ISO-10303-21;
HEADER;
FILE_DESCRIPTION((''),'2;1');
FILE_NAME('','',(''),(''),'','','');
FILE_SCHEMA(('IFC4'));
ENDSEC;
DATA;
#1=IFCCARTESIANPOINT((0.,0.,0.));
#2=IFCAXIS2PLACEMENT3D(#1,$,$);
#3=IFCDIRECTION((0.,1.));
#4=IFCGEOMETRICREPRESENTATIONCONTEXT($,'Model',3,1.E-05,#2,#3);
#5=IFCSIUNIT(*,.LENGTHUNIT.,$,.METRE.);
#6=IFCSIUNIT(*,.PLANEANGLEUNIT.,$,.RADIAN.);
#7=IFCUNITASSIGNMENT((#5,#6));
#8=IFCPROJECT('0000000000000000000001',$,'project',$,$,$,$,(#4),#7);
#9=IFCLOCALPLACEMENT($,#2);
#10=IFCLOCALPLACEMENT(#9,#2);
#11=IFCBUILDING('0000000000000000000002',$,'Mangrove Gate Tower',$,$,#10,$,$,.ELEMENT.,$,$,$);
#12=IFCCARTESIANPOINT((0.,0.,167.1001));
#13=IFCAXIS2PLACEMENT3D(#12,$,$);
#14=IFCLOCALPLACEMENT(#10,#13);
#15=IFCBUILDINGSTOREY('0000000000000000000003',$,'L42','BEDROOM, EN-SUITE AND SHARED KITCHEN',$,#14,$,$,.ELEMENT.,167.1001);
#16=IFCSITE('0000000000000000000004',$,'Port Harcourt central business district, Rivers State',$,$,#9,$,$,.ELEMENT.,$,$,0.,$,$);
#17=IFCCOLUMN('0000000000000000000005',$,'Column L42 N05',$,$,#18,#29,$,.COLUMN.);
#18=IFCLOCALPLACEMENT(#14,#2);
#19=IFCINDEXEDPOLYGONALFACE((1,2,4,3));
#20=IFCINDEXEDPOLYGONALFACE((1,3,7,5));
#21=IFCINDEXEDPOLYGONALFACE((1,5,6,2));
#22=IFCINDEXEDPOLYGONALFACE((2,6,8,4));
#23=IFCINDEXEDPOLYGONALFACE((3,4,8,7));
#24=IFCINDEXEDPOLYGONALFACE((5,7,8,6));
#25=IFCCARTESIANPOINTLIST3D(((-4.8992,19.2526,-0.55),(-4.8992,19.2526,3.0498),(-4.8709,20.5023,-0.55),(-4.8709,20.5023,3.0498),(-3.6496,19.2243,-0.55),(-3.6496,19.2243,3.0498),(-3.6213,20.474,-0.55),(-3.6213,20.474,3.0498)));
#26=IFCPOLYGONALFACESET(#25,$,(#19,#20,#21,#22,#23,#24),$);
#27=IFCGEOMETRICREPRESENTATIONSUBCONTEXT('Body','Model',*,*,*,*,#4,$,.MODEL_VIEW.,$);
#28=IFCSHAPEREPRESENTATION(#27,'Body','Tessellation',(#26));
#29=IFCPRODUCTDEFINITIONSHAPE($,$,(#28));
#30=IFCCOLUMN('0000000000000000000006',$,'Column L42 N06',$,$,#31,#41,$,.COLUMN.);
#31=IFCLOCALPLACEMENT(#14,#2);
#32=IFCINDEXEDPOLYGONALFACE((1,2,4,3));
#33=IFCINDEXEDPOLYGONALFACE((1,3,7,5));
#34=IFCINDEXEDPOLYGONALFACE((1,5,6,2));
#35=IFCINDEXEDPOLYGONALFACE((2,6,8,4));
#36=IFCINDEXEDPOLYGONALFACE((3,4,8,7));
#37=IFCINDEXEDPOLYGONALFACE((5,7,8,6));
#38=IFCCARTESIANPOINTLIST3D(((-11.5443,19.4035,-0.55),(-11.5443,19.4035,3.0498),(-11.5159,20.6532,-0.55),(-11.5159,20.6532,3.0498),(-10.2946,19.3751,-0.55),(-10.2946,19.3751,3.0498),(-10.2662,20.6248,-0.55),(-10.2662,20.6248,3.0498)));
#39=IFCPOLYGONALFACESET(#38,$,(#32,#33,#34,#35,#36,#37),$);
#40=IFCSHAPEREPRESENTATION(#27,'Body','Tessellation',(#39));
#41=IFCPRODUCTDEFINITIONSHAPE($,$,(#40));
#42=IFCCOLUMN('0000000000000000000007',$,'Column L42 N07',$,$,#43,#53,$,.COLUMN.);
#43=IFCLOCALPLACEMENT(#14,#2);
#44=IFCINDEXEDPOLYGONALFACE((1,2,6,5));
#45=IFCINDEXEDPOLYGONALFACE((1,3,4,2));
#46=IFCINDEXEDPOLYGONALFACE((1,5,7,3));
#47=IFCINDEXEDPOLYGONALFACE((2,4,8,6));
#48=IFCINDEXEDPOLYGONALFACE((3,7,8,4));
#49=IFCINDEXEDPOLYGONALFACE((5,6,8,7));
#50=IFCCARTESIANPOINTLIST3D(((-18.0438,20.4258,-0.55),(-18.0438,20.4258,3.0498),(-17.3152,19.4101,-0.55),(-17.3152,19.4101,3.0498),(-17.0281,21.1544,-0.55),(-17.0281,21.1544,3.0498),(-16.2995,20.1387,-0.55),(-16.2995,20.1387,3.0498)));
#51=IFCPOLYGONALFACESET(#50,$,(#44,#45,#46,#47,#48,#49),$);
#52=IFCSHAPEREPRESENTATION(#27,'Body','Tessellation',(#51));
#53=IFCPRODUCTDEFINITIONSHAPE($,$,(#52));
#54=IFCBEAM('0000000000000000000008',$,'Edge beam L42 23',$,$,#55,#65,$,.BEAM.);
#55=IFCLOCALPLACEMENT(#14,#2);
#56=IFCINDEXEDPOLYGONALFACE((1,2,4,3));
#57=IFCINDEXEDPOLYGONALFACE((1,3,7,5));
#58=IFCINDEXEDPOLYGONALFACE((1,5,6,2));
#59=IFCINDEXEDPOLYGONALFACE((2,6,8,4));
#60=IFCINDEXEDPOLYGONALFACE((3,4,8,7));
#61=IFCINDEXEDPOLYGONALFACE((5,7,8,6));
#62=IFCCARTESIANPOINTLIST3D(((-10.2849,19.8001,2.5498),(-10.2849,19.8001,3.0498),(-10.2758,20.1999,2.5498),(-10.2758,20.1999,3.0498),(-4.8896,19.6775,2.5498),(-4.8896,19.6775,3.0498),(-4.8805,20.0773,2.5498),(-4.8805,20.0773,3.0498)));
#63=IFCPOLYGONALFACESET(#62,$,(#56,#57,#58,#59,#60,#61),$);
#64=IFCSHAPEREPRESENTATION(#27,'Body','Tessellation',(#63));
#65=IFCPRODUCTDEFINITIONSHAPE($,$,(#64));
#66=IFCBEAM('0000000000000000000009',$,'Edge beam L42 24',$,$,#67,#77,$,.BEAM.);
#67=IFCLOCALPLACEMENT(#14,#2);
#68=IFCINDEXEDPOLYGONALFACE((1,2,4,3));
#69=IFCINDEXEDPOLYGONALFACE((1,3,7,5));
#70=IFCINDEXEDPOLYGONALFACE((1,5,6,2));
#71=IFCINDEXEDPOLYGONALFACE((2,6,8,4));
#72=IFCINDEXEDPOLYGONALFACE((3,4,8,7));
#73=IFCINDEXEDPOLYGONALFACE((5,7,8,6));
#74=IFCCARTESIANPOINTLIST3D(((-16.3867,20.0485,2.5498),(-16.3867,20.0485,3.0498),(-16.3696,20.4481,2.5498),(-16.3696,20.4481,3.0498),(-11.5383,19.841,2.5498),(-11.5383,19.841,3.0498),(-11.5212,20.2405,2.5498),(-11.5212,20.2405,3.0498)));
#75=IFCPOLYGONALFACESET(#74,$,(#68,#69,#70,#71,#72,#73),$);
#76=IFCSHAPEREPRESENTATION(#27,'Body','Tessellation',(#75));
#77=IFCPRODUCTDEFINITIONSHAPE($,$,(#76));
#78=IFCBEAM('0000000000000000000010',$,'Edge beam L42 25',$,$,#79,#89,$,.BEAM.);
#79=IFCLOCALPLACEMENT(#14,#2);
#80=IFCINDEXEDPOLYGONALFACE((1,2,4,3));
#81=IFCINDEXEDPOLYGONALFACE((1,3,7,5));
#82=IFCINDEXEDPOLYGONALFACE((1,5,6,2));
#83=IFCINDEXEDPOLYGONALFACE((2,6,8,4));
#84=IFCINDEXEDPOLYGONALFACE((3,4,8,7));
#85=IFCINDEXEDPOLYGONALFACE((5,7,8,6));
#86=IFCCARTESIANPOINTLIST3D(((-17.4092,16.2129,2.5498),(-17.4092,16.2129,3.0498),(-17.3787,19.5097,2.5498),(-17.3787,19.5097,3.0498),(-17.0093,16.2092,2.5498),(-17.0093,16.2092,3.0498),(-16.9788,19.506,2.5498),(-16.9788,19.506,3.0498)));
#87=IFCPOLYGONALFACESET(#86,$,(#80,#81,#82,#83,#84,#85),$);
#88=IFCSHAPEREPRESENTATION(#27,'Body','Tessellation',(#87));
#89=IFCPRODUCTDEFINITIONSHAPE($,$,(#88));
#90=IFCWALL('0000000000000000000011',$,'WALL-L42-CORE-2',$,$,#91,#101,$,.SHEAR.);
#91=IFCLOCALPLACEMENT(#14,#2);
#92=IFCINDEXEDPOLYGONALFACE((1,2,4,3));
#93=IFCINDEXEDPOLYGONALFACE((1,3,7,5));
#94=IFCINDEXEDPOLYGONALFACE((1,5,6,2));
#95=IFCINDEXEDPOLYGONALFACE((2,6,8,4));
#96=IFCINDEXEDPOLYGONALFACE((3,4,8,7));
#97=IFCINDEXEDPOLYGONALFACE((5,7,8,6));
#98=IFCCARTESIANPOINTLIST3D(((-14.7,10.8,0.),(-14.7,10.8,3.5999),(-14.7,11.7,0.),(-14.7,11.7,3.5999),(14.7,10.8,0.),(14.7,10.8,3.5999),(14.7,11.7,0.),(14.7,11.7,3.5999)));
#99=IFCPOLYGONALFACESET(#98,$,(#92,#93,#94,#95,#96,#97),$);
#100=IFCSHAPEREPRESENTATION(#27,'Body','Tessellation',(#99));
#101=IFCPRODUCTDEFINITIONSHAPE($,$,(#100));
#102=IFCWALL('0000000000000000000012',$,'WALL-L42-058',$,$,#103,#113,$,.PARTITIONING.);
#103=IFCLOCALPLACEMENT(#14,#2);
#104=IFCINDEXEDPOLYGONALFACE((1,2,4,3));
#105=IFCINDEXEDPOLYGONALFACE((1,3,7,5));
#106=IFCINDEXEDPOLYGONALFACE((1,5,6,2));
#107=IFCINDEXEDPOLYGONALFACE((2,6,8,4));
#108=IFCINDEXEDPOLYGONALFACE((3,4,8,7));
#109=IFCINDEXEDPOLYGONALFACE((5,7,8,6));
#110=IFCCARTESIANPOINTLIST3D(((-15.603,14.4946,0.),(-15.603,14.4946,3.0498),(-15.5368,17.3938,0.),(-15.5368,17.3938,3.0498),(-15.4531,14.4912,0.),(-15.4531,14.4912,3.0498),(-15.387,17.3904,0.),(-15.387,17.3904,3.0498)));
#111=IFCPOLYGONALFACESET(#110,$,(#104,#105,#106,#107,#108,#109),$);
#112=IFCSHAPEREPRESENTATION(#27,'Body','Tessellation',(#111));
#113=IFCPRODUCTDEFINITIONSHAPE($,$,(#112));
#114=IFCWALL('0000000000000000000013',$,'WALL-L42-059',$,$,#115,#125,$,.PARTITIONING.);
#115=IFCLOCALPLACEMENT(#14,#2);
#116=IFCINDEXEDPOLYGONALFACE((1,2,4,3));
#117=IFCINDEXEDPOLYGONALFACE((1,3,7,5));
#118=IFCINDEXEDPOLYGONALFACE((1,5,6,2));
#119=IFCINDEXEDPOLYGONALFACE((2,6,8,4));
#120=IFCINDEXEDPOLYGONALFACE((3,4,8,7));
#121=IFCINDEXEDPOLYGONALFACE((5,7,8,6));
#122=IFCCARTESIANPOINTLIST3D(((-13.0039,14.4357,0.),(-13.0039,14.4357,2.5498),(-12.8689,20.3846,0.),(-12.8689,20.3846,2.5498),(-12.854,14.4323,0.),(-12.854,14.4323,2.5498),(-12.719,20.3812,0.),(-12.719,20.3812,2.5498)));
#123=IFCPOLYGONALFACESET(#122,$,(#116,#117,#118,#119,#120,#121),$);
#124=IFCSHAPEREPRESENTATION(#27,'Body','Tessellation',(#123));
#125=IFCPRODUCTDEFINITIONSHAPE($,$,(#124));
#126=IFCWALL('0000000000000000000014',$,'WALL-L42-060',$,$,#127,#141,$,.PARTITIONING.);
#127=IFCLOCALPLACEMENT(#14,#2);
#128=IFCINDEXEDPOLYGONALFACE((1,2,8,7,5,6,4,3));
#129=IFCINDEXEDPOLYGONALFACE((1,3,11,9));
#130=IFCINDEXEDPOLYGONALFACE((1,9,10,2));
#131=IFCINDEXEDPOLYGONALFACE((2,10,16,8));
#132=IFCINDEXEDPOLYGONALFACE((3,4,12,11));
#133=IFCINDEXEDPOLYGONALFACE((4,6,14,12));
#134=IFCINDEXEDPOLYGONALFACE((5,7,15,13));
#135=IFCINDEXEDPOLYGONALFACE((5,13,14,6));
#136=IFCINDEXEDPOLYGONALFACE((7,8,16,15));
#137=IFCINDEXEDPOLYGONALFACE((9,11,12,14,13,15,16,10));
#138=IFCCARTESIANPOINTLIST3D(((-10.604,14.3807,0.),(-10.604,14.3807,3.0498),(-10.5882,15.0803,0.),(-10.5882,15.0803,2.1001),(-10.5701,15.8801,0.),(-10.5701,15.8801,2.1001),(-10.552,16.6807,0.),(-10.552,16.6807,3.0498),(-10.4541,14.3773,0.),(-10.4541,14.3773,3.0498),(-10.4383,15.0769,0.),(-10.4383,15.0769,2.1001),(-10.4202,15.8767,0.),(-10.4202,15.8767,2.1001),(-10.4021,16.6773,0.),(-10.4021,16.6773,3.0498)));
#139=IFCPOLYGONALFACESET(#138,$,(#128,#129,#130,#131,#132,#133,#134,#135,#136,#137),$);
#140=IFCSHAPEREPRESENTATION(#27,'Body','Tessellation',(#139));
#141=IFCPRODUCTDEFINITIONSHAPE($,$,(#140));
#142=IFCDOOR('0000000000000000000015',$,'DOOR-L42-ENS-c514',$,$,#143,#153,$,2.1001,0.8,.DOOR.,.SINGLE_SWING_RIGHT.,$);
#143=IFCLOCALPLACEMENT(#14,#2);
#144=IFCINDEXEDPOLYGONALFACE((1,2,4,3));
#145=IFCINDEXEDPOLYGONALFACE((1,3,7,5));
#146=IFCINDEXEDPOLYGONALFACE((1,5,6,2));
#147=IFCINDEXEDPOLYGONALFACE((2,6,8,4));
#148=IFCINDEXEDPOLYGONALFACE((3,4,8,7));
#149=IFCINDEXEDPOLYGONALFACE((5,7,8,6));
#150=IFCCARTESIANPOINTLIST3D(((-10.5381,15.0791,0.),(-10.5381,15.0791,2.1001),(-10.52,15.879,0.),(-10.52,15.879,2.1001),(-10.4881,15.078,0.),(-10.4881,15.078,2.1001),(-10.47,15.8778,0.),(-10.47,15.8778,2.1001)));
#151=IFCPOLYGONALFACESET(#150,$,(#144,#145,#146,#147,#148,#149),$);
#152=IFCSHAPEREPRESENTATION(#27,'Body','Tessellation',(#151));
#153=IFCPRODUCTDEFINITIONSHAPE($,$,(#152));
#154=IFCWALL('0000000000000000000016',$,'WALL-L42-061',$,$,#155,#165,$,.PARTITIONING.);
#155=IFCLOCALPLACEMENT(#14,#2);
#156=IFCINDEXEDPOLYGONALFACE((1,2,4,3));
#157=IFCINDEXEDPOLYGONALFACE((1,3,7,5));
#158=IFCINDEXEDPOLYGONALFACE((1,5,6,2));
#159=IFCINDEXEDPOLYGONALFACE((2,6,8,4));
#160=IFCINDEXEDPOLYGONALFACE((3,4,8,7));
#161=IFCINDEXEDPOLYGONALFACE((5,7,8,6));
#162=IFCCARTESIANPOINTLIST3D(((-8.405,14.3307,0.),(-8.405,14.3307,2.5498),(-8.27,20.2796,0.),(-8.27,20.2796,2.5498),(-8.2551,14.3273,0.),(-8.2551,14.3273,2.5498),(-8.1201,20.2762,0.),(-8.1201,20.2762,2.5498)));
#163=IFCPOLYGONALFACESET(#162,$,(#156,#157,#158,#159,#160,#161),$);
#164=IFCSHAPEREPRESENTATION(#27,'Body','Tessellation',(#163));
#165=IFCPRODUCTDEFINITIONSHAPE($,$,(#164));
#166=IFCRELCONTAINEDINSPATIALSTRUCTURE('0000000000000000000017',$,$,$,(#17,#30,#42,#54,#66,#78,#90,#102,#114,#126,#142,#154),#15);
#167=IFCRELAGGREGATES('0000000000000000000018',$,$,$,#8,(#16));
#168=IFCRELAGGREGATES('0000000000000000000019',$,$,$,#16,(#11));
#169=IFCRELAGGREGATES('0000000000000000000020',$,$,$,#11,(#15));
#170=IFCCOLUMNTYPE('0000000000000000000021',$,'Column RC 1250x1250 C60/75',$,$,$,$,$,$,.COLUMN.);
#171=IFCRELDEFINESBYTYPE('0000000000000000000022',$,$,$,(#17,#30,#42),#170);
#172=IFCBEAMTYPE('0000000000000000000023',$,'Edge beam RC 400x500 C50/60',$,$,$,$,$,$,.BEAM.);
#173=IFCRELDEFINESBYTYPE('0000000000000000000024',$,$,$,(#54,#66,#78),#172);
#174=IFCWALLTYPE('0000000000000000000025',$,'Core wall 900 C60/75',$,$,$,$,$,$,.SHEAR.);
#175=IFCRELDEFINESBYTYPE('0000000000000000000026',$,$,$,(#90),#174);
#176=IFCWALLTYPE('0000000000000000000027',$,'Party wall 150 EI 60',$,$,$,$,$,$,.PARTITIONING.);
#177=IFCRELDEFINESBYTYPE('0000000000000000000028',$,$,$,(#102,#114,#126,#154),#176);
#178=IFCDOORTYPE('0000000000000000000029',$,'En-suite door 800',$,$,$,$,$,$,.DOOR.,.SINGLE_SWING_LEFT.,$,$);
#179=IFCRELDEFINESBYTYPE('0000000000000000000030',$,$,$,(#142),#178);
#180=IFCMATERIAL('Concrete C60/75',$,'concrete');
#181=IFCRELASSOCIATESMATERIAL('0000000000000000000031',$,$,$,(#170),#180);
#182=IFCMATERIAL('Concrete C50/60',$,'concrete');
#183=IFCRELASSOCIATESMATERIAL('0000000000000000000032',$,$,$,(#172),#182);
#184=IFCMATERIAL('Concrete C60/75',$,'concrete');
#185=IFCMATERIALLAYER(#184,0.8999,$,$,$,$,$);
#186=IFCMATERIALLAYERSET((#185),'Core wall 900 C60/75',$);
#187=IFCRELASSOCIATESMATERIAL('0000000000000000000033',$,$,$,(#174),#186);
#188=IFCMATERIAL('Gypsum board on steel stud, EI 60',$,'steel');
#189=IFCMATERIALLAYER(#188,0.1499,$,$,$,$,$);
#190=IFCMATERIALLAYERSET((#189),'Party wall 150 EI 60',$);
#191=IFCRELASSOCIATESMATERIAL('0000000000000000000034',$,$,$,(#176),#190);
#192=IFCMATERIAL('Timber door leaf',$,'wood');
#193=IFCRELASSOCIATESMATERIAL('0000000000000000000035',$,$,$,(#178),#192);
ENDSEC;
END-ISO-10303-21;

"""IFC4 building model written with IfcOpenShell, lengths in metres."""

from ifc_helpers import new_model, si_unit, direction, frame, frame_2d, origin, origin_2d, place, context, subcontext, project, spatial, rectangle, extrude, material, layer, layer_set, material_profile, profile_set, type_object, element, fill, save


model = new_model("IFC4")

# Units and contexts
model_context = context("Model", 3, precision=1e-05, world=origin(), true_north=direction((0.0, 1.0)))
body_context = subcontext(model_context, "Body", "Model", "MODEL_VIEW")
ifc_project = project(units=[si_unit("LENGTHUNIT", "METRE"), si_unit("PLANEANGLEUNIT", "RADIAN")], contexts=[model_context])

# Site, building, storey
site_placement = place(None, origin())
site = spatial("IfcSite", under=ifc_project, at=site_placement, Name="Port Harcourt central business district, Rivers State", CompositionType="ELEMENT", RefElevation=0.0)
building_placement = place(site_placement, origin())
building = spatial("IfcBuilding", under=site, at=building_placement, Name="Mangrove Gate Tower", CompositionType="ELEMENT")
storey_placement = place(building_placement, frame((0.0, 0.0, 167.1001)))
storey = spatial("IfcBuildingStorey", under=building, at=storey_placement, Name="L42", Description="BEDROOM, EN-SUITE AND SHARED KITCHEN", CompositionType="ELEMENT", Elevation=167.1001)

# Columns
ifc_material_1 = material(Name="Concrete C60/75", Category="concrete")
ifc_material_profile_1 = material_profile(ifc_material_1, rectangle(XDim=1.25, YDim=1.25, at=origin_2d()))
ifc_profile_set_1 = profile_set([ifc_material_profile_1], Name="Concrete C60/75")
column_type = type_object("IfcColumnType", Name="Column RC 1250x1250 C60/75", PredefinedType="COLUMN", material=ifc_profile_set_1)
for number, where, z_axis, x_axis, name in (
    (1, (-4.2603, 19.8633, -0.55), (0.0, 0.0, 1.0), (-0.999744, 0.022643, 0.0), "Column L42 N05"),
    (2, (-10.9053, 20.0142, -0.55), (0.0, 0.0, 1.0), (-0.999742, 0.022718, 0.0), "Column L42 N06"),
    (3, (-17.1716, 20.2822, -0.55), (0.0, 0.0, 1.0), (-0.812546, -0.582898, 0.0), "Column L42 N07"),
):
    element("IfcColumn", number, at=place(storey_placement, frame(where, z_axis=z_axis, x_axis=x_axis)), inside=storey, type_object=column_type, Name=name, PredefinedType="COLUMN", context=body_context, shape_type="SweptSolid", body=[
        extrude(rectangle(XDim=1.25, YDim=1.25, at=origin_2d()), origin(), (0.0, 0.0, 1.0), 3.5999),
    ])

# Beams
ifc_material_2 = material(Name="Concrete C50/60", Category="concrete")
ifc_material_profile_2 = material_profile(ifc_material_2, rectangle(XDim=0.3999, YDim=0.5, at=origin_2d()))
ifc_profile_set_2 = profile_set([ifc_material_profile_2], Name="Concrete C50/60")
beam_type = type_object("IfcBeamType", Name="Edge beam RC 400x500 C50/60", PredefinedType="BEAM", material=ifc_profile_set_2)
beam_1_placement = place(storey_placement, frame((-4.885, 19.8774, 2.7998), z_axis=(-0.999742, 0.02271, 0.0), x_axis=(-0.02271, -0.999742, 0.0)))
element("IfcBeam", 4, at=beam_1_placement, inside=storey, type_object=beam_type, Name="Edge beam L42 23", PredefinedType="BEAM", context=body_context, shape_type="SweptSolid", body=[
    extrude(rectangle(XDim=0.3999, YDim=0.5, at=origin_2d()), origin(), (0.0, 0.0, 1.0), 5.3967),
])
beam_2_placement = place(storey_placement, frame((-11.5298, 20.0408, 2.7998), z_axis=(-0.999085, 0.042763, 0.0), x_axis=(-0.042763, -0.999085, 0.0)))
element("IfcBeam", 5, at=beam_2_placement, inside=storey, type_object=beam_type, Name="Edge beam L42 24", PredefinedType="BEAM", context=body_context, shape_type="SweptSolid", body=[
    extrude(rectangle(XDim=0.3999, YDim=0.5, at=origin_2d()), origin(), (0.0, 0.0, 1.0), 4.8528),
])
beam_3_placement = place(storey_placement, frame((-17.1787, 19.5078, 2.7998), z_axis=(-0.009257, -0.999957, 0.0), x_axis=(0.999957, -0.009257, 0.0)))
element("IfcBeam", 6, at=beam_3_placement, inside=storey, type_object=beam_type, Name="Edge beam L42 25", PredefinedType="BEAM", context=body_context, shape_type="SweptSolid", body=[
    extrude(rectangle(XDim=0.3999, YDim=0.5, at=origin_2d()), origin(), (0.0, 0.0, 1.0), 3.2969),
])

# Walls
ifc_material_3 = material(Name="Concrete C60/75", Category="concrete")
ifc_layer_1 = layer(ifc_material_3, 0.8999)
ifc_layer_set_1 = layer_set([ifc_layer_1], Name="Core wall 900 C60/75")
wall_type_1 = type_object("IfcWallType", Name="Core wall 900 C60/75", PredefinedType="SHEAR", material=ifc_layer_set_1)
wall_1_placement = place(storey_placement, frame((-14.7, 11.25, 0.0), z_axis=(0.0, 0.0, 1.0), x_axis=(1.0, 0.0, 0.0)))
element("IfcWall", 7, at=wall_1_placement, inside=storey, type_object=wall_type_1, Name="WALL-L42-CORE-2", PredefinedType="SHEAR", context=body_context, shape_type="SweptSolid", body=[
    extrude(rectangle(XDim=29.3999, YDim=0.8999, at=frame_2d((14.7, 0.0))), origin(), (0.0, 0.0, 1.0), 3.5999),
])
ifc_material_4 = material(Name="Gypsum board on steel stud, EI 60", Category="steel")
ifc_layer_2 = layer(ifc_material_4, 0.1499)
ifc_layer_set_2 = layer_set([ifc_layer_2], Name="Party wall 150 EI 60")
wall_type_2 = type_object("IfcWallType", Name="Party wall 150 EI 60", PredefinedType="PARTITIONING", material=ifc_layer_set_2)
wall_2_placement = place(storey_placement, frame((-15.5281, 14.4929, 0.0), z_axis=(0.0, 0.0, 1.0), x_axis=(0.022815, 0.99974, 0.0)))
element("IfcWall", 8, at=wall_2_placement, inside=storey, type_object=wall_type_2, Name="WALL-L42-058", PredefinedType="PARTITIONING", context=body_context, shape_type="SweptSolid", body=[
    extrude(rectangle(XDim=2.8999, YDim=0.1499, at=frame_2d((1.45, 0.0))), origin(), (0.0, 0.0, 1.0), 3.0498),
])
wall_3_placement = place(storey_placement, frame((-12.929, 14.4341, 0.0), z_axis=(0.0, 0.0, 1.0), x_axis=(0.022689, 0.999743, 0.0)))
element("IfcWall", 9, at=wall_3_placement, inside=storey, type_object=wall_type_2, Name="WALL-L42-059", PredefinedType="PARTITIONING", context=body_context, shape_type="SweptSolid", body=[
    extrude(rectangle(XDim=5.9504, YDim=0.1499, at=frame_2d((2.9751, 0.0))), origin(), (0.0, 0.0, 1.0), 2.5498),
])

# Wall, opening, door
wall_4_placement = place(storey_placement, frame((-10.5291, 14.3789, 0.0), z_axis=(0.0, 0.0, 1.0), x_axis=(0.022603, 0.999745, 0.0)))
wall_4 = element("IfcWall", 10, at=wall_4_placement, inside=storey, type_object=wall_type_2, Name="WALL-L42-060", PredefinedType="PARTITIONING", context=body_context, shape_type="SweptSolid", body=[
    extrude(rectangle(XDim=2.3005, YDim=0.1499, at=frame_2d((1.1504, 0.0))), origin(), (0.0, 0.0, 1.0), 3.0498),
])
opening_1_placement = place(wall_4_placement, frame((0.7, 0.0, 0.0)))
opening_1 = element("IfcOpeningElement", 11, at=opening_1_placement, cuts=wall_4, PredefinedType="OPENING", context=body_context, shape_type="SweptSolid", body=[
    extrude(rectangle(XDim=0.8, YDim=2.1001, at=frame_2d((0.3999, 1.05))), frame((0.0, 0.085, 0.0), z_axis=(0.0, -1.0, 0.0), x_axis=(1.0, 0.0, 0.0)), (0.0, 0.0, 1.0), 0.1699),
])
ifc_material_5 = material(Name="Timber door leaf", Category="wood")
door_type = type_object("IfcDoorType", Name="En-suite door 800", OperationType="SINGLE_SWING_LEFT", PredefinedType="DOOR", material=ifc_material_5)
door_1_placement = place(opening_1_placement, origin())
door_1 = element("IfcDoor", 12, at=door_1_placement, inside=storey, type_object=door_type, Name="DOOR-L42-ENS-c514", OperationType="SINGLE_SWING_RIGHT", OverallHeight=2.1001, OverallWidth=0.8, PredefinedType="DOOR", context=body_context, shape_type="SweptSolid", body=[
    extrude(rectangle(XDim=0.8, YDim=2.1001, at=frame_2d((0.3999, 1.05))), frame((0.0, 0.0249, 0.0), z_axis=(0.0, -1.0, 0.0), x_axis=(1.0, 0.0, 0.0)), (0.0, 0.0, 1.0), 0.05),
])
fill(opening_1, door_1)

# Wall
wall_5_placement = place(storey_placement, frame((-8.3301, 14.3291, 0.0), z_axis=(0.0, 0.0, 1.0), x_axis=(0.022689, 0.999743, 0.0)))
element("IfcWall", 13, at=wall_5_placement, inside=storey, type_object=wall_type_2, Name="WALL-L42-061", PredefinedType="PARTITIONING", context=body_context, shape_type="SweptSolid", body=[
    extrude(rectangle(XDim=5.9504, YDim=0.1499, at=frame_2d((2.9751, 0.0))), origin(), (0.0, 0.0, 1.0), 2.5498),
])

save(model, "model.ifc")
